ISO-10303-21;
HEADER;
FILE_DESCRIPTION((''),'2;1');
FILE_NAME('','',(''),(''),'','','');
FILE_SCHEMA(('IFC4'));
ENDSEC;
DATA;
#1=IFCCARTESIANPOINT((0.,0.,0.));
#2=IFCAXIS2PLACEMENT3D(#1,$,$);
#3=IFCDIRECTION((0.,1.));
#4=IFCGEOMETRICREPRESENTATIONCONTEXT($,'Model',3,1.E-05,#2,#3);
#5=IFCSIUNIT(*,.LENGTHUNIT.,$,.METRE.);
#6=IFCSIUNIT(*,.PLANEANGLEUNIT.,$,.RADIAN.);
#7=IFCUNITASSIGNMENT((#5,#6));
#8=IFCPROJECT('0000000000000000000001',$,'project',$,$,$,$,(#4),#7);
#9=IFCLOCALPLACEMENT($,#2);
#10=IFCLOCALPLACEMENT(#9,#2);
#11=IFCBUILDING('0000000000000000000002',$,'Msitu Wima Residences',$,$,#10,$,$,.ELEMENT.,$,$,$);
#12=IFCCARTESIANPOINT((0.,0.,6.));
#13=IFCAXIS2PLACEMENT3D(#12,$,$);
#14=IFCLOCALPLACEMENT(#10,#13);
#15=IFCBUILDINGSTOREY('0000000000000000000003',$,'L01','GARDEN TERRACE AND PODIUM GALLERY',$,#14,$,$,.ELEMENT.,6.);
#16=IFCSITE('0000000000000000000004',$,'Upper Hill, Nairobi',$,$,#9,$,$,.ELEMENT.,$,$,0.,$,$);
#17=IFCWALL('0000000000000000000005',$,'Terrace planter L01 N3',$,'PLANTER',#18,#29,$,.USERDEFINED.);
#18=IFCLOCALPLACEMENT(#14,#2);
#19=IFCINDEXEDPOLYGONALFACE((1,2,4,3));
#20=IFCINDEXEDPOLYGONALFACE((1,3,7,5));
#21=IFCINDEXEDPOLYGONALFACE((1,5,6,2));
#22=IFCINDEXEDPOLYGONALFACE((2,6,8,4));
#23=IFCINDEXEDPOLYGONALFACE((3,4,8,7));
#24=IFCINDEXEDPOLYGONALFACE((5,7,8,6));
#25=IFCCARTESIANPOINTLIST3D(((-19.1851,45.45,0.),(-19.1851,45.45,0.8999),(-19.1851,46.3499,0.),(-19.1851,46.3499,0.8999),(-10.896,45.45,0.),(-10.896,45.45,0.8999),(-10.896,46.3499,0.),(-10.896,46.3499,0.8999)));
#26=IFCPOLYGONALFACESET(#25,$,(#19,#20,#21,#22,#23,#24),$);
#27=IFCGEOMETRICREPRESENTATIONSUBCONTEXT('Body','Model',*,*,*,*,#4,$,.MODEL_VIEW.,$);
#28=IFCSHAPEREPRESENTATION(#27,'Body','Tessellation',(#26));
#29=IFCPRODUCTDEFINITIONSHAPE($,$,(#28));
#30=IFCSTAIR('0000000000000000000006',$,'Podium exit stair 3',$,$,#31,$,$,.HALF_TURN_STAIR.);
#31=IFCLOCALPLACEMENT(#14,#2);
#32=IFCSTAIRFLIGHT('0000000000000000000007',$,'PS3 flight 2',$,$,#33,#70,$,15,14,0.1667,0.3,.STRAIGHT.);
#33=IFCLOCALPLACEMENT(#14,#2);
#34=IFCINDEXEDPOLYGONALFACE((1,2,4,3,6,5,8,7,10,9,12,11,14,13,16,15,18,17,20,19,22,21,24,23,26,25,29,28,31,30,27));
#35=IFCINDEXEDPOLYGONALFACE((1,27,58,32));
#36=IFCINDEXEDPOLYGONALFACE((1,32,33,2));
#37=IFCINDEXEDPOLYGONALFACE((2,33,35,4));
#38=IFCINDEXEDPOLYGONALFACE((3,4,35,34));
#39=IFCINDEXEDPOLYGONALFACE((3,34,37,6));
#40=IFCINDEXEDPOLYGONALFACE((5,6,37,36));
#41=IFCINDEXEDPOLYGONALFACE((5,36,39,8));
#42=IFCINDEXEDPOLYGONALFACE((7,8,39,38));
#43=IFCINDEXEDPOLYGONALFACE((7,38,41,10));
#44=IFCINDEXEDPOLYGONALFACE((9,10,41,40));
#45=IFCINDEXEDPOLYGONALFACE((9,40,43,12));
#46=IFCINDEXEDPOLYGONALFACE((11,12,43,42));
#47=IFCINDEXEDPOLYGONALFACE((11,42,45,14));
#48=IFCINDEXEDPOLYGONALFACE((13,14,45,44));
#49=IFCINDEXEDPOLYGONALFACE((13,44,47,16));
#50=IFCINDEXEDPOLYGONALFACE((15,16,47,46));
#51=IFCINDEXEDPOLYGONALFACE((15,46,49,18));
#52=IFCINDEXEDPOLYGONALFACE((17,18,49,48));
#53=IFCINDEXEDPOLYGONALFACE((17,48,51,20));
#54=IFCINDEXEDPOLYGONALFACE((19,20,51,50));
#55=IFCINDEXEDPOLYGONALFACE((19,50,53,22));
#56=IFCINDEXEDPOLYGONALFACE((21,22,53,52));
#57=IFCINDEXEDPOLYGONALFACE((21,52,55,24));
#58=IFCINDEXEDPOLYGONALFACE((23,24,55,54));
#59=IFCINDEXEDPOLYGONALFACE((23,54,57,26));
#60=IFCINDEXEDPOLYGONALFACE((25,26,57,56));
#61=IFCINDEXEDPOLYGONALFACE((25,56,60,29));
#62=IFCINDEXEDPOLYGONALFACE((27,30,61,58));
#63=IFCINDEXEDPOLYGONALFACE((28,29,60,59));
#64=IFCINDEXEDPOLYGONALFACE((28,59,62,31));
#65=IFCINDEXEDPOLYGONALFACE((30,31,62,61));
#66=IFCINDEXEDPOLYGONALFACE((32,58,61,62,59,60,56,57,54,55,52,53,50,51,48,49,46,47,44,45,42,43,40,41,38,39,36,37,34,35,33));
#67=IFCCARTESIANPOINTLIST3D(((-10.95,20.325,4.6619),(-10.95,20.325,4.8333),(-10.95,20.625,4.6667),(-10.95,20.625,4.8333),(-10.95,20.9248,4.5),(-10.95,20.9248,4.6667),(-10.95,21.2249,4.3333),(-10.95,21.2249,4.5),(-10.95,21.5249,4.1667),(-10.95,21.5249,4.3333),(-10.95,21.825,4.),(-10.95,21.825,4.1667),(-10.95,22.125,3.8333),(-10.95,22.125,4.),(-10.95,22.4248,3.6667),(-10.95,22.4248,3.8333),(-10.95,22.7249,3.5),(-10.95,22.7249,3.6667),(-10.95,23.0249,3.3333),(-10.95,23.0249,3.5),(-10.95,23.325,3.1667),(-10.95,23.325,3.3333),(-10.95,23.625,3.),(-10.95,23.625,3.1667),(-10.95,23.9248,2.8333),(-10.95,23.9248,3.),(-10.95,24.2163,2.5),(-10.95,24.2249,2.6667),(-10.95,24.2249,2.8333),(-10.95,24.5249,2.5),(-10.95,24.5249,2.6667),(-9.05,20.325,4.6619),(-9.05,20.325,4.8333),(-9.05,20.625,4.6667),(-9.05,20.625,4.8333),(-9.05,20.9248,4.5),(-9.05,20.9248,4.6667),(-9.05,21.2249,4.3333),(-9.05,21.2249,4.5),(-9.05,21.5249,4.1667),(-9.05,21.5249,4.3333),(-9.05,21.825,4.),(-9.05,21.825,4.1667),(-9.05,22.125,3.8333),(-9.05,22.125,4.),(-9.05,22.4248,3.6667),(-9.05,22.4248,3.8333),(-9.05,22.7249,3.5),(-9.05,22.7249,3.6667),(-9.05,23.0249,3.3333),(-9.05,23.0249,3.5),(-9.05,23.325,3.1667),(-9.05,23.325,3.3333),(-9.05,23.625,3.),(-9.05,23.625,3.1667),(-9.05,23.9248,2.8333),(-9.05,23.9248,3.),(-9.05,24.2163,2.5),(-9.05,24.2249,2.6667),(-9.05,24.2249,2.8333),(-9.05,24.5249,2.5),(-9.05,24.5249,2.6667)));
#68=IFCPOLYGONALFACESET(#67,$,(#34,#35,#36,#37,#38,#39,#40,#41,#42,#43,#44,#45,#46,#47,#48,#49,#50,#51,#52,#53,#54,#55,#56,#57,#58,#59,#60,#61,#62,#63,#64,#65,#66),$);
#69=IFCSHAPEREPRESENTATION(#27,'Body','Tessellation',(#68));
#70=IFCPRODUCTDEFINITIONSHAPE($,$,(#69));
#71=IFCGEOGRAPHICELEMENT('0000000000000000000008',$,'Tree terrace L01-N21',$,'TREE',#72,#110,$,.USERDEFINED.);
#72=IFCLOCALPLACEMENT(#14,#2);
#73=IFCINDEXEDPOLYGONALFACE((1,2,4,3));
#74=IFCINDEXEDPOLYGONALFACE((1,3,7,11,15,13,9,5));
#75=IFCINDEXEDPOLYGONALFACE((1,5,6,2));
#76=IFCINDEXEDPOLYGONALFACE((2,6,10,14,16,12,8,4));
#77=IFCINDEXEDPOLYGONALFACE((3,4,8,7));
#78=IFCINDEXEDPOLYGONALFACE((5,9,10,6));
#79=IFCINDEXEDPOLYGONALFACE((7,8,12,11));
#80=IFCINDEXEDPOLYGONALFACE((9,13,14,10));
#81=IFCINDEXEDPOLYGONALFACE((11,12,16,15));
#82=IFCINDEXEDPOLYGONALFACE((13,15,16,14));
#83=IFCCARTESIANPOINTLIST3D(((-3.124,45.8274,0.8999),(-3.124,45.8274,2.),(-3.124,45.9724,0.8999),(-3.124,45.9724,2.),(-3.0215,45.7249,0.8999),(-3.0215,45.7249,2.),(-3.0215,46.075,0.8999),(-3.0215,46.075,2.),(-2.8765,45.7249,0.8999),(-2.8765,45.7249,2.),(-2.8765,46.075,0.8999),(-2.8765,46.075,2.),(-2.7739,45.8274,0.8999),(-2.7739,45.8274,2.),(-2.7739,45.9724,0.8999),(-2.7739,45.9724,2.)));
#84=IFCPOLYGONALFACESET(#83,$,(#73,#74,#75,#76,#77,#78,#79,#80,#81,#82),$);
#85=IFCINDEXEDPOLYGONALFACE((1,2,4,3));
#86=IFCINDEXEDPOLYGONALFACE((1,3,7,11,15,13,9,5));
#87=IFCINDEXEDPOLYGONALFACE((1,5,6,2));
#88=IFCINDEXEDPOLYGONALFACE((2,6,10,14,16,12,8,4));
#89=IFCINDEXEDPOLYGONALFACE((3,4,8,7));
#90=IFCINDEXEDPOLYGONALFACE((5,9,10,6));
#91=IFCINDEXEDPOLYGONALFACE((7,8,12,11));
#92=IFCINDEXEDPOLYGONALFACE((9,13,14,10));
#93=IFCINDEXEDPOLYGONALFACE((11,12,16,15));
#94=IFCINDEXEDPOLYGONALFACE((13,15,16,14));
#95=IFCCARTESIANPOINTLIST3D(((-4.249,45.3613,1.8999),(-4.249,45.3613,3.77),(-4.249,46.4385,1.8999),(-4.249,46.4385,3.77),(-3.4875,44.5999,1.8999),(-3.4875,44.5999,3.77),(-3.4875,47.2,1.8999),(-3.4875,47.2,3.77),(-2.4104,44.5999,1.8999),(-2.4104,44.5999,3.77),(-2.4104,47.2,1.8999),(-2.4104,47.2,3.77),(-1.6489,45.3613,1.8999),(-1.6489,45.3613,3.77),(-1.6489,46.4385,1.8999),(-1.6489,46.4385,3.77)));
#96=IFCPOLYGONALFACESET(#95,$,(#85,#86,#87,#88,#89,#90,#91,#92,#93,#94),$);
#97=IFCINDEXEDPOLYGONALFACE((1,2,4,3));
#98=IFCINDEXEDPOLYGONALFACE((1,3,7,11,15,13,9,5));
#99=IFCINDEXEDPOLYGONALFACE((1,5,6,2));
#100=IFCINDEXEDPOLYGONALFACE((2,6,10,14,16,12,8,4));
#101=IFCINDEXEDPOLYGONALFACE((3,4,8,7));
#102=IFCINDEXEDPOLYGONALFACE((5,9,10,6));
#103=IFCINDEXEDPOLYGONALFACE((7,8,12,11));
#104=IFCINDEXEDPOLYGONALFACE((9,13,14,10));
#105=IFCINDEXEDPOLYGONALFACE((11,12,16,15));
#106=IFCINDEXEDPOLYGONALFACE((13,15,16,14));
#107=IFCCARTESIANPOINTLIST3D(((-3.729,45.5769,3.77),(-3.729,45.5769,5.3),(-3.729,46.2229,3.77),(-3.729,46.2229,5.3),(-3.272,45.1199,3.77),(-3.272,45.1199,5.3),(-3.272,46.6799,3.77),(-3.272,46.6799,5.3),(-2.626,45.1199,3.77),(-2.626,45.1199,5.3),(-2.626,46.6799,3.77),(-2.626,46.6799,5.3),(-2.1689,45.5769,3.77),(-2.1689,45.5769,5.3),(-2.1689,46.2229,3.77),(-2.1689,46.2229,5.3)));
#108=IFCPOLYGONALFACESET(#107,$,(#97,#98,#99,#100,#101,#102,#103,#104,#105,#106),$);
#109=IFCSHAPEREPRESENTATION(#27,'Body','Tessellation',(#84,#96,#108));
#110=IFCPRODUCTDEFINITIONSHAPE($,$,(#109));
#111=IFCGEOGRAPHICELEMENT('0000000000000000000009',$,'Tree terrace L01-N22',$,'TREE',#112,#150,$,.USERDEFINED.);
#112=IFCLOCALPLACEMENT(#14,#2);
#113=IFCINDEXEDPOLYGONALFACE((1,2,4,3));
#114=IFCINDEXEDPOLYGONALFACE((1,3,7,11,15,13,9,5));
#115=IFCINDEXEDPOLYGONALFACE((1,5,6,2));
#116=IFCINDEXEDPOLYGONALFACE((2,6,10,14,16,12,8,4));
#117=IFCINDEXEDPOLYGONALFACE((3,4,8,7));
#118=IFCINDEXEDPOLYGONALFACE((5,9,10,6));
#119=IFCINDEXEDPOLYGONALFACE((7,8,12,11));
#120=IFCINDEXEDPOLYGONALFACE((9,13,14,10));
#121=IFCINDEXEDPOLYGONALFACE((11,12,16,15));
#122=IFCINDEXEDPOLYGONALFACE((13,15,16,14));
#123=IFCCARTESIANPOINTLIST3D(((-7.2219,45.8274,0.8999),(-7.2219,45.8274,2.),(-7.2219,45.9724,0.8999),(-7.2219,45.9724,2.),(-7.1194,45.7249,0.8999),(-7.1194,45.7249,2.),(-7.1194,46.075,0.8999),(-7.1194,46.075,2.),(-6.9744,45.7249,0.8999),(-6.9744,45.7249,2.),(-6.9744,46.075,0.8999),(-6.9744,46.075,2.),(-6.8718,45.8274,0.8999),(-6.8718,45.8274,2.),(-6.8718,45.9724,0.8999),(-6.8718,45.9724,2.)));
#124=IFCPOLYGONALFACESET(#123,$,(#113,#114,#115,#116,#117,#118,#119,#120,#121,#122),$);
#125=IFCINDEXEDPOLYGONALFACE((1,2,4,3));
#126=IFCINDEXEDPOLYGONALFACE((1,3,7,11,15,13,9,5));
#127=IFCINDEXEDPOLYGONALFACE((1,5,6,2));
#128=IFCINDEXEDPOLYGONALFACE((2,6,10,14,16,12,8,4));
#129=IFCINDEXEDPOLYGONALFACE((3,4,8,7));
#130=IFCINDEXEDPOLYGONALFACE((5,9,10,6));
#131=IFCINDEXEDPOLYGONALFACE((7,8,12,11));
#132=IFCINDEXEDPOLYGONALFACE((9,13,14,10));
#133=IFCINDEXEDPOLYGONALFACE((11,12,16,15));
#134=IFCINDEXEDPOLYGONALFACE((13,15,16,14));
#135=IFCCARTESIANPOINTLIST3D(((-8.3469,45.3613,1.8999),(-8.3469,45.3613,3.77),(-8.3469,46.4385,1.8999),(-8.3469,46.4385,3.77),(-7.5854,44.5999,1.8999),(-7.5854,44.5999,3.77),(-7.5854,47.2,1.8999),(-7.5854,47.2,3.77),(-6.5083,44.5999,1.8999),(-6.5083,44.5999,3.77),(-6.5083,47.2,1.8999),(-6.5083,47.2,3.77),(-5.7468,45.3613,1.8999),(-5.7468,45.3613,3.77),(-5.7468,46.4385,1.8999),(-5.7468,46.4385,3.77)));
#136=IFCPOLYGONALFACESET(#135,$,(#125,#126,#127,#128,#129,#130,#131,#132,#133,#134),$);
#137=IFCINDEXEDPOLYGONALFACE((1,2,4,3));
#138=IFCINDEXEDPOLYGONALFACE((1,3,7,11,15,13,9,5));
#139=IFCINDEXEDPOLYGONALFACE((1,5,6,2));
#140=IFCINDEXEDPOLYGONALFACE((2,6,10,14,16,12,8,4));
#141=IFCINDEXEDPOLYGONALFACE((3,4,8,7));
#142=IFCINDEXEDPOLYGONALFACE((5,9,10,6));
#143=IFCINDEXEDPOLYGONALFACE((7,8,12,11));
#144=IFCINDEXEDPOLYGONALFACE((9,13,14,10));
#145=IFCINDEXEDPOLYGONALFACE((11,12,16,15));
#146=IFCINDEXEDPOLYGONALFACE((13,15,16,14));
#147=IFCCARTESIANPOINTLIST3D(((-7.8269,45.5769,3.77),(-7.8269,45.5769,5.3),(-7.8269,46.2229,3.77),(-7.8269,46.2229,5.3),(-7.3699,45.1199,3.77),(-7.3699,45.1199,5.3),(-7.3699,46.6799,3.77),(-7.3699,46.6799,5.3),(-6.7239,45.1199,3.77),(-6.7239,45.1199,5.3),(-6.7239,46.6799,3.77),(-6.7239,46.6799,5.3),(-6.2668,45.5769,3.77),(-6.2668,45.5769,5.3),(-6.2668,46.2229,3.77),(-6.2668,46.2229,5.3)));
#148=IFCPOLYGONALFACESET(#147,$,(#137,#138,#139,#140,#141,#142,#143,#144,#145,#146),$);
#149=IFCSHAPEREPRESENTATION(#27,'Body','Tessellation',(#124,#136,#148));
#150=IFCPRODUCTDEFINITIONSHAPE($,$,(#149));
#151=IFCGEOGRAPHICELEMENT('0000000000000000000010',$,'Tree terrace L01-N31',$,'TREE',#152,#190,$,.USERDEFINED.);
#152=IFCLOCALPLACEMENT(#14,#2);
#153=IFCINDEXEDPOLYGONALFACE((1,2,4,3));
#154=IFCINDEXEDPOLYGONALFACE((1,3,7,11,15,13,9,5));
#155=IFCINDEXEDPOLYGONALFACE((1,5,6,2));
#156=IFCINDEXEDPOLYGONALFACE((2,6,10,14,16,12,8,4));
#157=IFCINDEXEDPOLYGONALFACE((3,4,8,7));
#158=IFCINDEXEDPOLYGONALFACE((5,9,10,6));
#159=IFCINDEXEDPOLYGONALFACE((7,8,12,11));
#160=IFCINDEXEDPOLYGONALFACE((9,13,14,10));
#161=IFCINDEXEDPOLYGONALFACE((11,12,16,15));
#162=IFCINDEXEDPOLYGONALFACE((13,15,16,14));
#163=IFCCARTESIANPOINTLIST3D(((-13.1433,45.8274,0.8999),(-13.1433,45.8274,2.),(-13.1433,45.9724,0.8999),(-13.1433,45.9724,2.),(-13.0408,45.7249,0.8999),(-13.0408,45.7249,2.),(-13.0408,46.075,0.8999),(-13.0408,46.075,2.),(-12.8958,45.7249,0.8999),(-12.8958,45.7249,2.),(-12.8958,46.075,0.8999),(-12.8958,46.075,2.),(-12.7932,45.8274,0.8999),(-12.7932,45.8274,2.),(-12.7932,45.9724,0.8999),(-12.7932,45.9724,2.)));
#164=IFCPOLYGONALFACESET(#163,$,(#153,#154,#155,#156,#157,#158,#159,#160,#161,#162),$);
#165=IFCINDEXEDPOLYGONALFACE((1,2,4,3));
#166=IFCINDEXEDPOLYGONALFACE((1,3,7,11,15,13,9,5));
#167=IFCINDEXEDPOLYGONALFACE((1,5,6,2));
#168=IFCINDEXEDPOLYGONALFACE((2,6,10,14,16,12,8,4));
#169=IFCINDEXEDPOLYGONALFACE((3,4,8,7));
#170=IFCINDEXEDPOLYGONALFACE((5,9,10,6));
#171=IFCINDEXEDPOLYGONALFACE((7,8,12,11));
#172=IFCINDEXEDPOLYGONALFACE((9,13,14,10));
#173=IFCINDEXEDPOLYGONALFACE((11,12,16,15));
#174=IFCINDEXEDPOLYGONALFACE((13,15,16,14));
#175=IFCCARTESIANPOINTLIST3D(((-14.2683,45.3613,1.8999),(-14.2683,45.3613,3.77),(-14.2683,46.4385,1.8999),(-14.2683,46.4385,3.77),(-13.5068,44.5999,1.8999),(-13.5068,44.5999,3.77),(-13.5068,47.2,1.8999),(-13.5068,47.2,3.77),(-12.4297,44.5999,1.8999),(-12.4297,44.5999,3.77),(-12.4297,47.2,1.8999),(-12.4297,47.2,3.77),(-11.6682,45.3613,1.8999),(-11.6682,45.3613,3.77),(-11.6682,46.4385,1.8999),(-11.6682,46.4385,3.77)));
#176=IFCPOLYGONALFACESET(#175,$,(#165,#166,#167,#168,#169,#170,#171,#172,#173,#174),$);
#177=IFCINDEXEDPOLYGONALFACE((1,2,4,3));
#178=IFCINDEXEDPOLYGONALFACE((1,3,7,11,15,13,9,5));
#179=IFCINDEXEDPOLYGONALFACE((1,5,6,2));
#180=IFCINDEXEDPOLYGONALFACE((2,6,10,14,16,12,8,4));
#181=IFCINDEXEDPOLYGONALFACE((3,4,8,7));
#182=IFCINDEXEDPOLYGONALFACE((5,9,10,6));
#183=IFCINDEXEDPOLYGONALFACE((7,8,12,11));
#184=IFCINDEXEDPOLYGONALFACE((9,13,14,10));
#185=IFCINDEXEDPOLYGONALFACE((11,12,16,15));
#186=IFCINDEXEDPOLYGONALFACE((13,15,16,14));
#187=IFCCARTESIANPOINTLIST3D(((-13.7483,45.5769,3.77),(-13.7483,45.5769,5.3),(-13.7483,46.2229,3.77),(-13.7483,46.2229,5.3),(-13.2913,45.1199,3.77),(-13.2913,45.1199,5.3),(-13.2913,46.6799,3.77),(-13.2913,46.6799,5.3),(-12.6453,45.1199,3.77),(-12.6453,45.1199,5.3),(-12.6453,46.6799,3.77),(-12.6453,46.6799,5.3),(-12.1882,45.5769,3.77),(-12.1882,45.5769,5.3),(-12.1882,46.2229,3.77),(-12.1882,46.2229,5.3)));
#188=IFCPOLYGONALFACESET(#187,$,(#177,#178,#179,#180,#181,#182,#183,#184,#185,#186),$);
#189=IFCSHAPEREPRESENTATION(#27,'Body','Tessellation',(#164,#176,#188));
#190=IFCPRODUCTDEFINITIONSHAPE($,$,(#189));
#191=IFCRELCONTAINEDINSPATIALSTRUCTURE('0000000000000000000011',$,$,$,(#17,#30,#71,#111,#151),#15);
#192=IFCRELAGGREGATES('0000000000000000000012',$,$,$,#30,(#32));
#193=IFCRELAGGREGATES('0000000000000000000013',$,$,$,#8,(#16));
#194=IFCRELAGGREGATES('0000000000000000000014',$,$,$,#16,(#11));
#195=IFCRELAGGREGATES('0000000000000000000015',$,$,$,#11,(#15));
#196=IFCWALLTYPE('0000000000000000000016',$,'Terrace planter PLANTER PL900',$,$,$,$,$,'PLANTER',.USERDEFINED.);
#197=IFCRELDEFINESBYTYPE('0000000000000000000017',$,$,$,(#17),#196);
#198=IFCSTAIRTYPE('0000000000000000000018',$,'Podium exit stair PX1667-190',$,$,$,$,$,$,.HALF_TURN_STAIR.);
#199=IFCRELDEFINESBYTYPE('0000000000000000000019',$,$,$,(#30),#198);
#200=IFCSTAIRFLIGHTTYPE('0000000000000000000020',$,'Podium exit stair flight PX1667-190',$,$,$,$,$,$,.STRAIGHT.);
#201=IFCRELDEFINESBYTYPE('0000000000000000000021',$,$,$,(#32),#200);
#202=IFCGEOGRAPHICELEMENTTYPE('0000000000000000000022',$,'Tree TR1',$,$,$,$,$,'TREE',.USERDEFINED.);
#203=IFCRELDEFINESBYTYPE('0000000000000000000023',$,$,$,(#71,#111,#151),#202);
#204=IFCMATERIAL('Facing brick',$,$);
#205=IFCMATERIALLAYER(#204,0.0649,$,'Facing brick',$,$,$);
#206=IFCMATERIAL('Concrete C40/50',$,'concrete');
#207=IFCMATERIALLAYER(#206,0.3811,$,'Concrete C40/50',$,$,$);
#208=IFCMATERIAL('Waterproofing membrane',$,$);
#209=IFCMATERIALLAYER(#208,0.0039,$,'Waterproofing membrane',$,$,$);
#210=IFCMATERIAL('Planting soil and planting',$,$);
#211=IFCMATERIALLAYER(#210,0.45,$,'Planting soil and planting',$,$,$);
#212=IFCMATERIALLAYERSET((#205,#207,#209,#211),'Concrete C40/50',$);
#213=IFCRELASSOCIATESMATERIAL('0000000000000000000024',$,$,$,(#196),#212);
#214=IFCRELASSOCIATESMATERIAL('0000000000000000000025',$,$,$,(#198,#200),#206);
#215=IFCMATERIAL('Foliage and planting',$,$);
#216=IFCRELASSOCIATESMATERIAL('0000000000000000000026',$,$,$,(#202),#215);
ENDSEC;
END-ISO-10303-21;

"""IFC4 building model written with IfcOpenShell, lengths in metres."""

from ifc_helpers import new_model, si_unit, direction, frame, frame_2d, origin, place, context, subcontext, project, spatial, polyline, rectangle, outline, extrude, material, layer, layer_set, type_object, element, aggregate, save


model = new_model("IFC4")

# Units and contexts
model_context = context("Model", 3, precision=1e-05, world=origin(), true_north=direction((0.0, 1.0)))
body_context = subcontext(model_context, "Body", "Model", "MODEL_VIEW")
ifc_project = project(units=[si_unit("LENGTHUNIT", "METRE"), si_unit("PLANEANGLEUNIT", "RADIAN")], contexts=[model_context])

# Site, building, storey
site_placement = place(None, origin())
site = spatial("IfcSite", under=ifc_project, at=site_placement, Name="Upper Hill, Nairobi", CompositionType="ELEMENT", RefElevation=0.0)
building_placement = place(site_placement, origin())
building = spatial("IfcBuilding", under=site, at=building_placement, Name="Msitu Wima Residences", CompositionType="ELEMENT")
storey_placement = place(building_placement, frame((0.0, 0.0, 6.0)))
storey = spatial("IfcBuildingStorey", under=building, at=storey_placement, Name="L01", Description="GARDEN TERRACE AND PODIUM GALLERY", CompositionType="ELEMENT", Elevation=6.0)

# Shared definitions
ifc_material_1 = material(Name="Concrete C40/50", Category="concrete")

# Wall
ifc_material_2 = material(Name="Facing brick")
ifc_layer_1 = layer(ifc_material_2, 0.0649, Name="Facing brick")
ifc_layer_2 = layer(ifc_material_1, 0.3811, Name="Concrete C40/50")
ifc_material_3 = material(Name="Waterproofing membrane")
ifc_layer_3 = layer(ifc_material_3, 0.0039, Name="Waterproofing membrane")
ifc_material_4 = material(Name="Planting soil and planting")
ifc_layer_4 = layer(ifc_material_4, 0.45, Name="Planting soil and planting")
ifc_layer_set_1 = layer_set([ifc_layer_1, ifc_layer_2, ifc_layer_3, ifc_layer_4], Name="Concrete C40/50")
wall_type_1 = type_object("IfcWallType", Name="Terrace planter PLANTER PL900", ElementType="PLANTER", PredefinedType="USERDEFINED", material=ifc_layer_set_1)
wall_1_placement = place(storey_placement, frame((-10.896, 45.8999, 0.0), z_axis=(0.0, 0.0, 1.0), x_axis=(-1.0, 0.0, 0.0)))
element("IfcWall", 1, at=wall_1_placement, inside=storey, type_object=wall_type_1, Name="Terrace planter L01 N3", ObjectType="PLANTER", PredefinedType="USERDEFINED", context=body_context, shape_type="SweptSolid", body=[
    extrude(rectangle(XDim=8.2891, YDim=0.8999, at=frame_2d((4.1445, 0.0))), origin(), (0.0, 0.0, 1.0), 0.8999),
])

# Stair, stair flight
stair_type = type_object("IfcStairType", Name="Podium exit stair PX1667-190", PredefinedType="HALF_TURN_STAIR", material=ifc_material_1)
stair_placement = place(storey_placement, origin())
stair = element("IfcStair", 2, at=stair_placement, inside=storey, type_object=stair_type, Name="Podium exit stair 3", PredefinedType="HALF_TURN_STAIR")
stair_flight_type = type_object("IfcStairFlightType", Name="Podium exit stair flight PX1667-190", PredefinedType="STRAIGHT", material=ifc_material_1)
stair_flight_placement = place(storey_placement, frame((-10.0, 24.5249, 2.5), z_axis=(0.0, 0.0, 1.0), x_axis=(0.0, -1.0, 0.0)))
stair_flight = element("IfcStairFlight", 3, at=stair_flight_placement, type_object=stair_flight_type, Name="PS3 flight 2", NumberOfRisers=15, NumberOfTreads=14, PredefinedType="STRAIGHT", RiserHeight=0.1667, TreadLength=0.3, context=body_context, shape_type="SweptSolid", body=[
    extrude(outline(polyline([(0.0, 0.0), (0.0, 0.1667), (0.3, 0.1667), (0.3, 0.3333), (0.6001, 0.3333), (0.6001, 0.5), (0.8999, 0.5), (0.8999, 0.6667), (1.2, 0.6667), (1.2, 0.8333), (1.5, 0.8333), (1.5, 1.0), (1.8, 1.0), (1.8, 1.1667), (2.1001, 1.1667), (2.1001, 1.3333), (2.3999, 1.3333), (2.3999, 1.5), (2.7, 1.5), (2.7, 1.6667), (3.0, 1.6667), (3.0, 1.8333), (3.3, 1.8333), (3.3, 2.0), (3.6001, 2.0), (3.6001, 2.1667), (3.8999, 2.1667), (3.8999, 2.3333), (4.2, 2.3333), (4.2, 2.5), (4.2, 2.1619), (0.3086, 0.0), (0.0, 0.0)])), frame((0.0, 0.95, 0.0), z_axis=(0.0, -1.0, 0.0), x_axis=(1.0, 0.0, 0.0)), (0.0, 0.0, 1.0), 1.8999),
])
aggregate(stair, [stair_flight])

# Geographic elements
ifc_material_5 = material(Name="Foliage and planting")
geographic_element_type = type_object("IfcGeographicElementType", Name="Tree TR1", ElementType="TREE", PredefinedType="USERDEFINED", material=ifc_material_5)
for number, where, z_axis, x_axis, name in (
    (4, (-2.949, 45.8999, 0.8999), (0.0, 0.0, 1.0), (1.0, 0.0, 0.0), "Tree terrace L01-N21"),
    (5, (-7.0469, 45.8999, 0.8999), (0.0, 0.0, 1.0), (1.0, 0.0, 0.0), "Tree terrace L01-N22"),
    (6, (-12.9683, 45.8999, 0.8999), (0.0, 0.0, 1.0), (1.0, 0.0, 0.0), "Tree terrace L01-N31"),
):
    element("IfcGeographicElement", number, at=place(storey_placement, frame(where, z_axis=z_axis, x_axis=x_axis)), inside=storey, type_object=geographic_element_type, Name=name, ObjectType="TREE", PredefinedType="USERDEFINED", context=body_context, shape_type="SweptSolid", body=[
        extrude(outline(polyline([(0.175, 0.0725), (0.0725, 0.175), (-0.0725, 0.175), (-0.175, 0.0725), (-0.175, -0.0725), (-0.0725, -0.175), (0.0725, -0.175), (0.175, -0.0725), (0.175, 0.0725)])), origin(), (0.0, 0.0, 1.0), 1.1001),
        extrude(outline(polyline([(1.3, 0.5386), (0.5386, 1.3), (-0.5386, 1.3), (-1.3, 0.5386), (-1.3, -0.5386), (-0.5386, -1.3), (0.5386, -1.3), (1.3, -0.5386), (1.3, 0.5386)])), frame((0.0, 0.0, 1.0)), (0.0, 0.0, 1.0), 1.8701),
        extrude(outline(polyline([(0.78, 0.323), (0.323, 0.78), (-0.323, 0.78), (-0.78, 0.323), (-0.78, -0.323), (-0.323, -0.78), (0.323, -0.78), (0.78, -0.323), (0.78, 0.323)])), frame((0.0, 0.0, 2.8701)), (0.0, 0.0, 1.0), 1.53),
    ])

save(model, "model.ifc")
